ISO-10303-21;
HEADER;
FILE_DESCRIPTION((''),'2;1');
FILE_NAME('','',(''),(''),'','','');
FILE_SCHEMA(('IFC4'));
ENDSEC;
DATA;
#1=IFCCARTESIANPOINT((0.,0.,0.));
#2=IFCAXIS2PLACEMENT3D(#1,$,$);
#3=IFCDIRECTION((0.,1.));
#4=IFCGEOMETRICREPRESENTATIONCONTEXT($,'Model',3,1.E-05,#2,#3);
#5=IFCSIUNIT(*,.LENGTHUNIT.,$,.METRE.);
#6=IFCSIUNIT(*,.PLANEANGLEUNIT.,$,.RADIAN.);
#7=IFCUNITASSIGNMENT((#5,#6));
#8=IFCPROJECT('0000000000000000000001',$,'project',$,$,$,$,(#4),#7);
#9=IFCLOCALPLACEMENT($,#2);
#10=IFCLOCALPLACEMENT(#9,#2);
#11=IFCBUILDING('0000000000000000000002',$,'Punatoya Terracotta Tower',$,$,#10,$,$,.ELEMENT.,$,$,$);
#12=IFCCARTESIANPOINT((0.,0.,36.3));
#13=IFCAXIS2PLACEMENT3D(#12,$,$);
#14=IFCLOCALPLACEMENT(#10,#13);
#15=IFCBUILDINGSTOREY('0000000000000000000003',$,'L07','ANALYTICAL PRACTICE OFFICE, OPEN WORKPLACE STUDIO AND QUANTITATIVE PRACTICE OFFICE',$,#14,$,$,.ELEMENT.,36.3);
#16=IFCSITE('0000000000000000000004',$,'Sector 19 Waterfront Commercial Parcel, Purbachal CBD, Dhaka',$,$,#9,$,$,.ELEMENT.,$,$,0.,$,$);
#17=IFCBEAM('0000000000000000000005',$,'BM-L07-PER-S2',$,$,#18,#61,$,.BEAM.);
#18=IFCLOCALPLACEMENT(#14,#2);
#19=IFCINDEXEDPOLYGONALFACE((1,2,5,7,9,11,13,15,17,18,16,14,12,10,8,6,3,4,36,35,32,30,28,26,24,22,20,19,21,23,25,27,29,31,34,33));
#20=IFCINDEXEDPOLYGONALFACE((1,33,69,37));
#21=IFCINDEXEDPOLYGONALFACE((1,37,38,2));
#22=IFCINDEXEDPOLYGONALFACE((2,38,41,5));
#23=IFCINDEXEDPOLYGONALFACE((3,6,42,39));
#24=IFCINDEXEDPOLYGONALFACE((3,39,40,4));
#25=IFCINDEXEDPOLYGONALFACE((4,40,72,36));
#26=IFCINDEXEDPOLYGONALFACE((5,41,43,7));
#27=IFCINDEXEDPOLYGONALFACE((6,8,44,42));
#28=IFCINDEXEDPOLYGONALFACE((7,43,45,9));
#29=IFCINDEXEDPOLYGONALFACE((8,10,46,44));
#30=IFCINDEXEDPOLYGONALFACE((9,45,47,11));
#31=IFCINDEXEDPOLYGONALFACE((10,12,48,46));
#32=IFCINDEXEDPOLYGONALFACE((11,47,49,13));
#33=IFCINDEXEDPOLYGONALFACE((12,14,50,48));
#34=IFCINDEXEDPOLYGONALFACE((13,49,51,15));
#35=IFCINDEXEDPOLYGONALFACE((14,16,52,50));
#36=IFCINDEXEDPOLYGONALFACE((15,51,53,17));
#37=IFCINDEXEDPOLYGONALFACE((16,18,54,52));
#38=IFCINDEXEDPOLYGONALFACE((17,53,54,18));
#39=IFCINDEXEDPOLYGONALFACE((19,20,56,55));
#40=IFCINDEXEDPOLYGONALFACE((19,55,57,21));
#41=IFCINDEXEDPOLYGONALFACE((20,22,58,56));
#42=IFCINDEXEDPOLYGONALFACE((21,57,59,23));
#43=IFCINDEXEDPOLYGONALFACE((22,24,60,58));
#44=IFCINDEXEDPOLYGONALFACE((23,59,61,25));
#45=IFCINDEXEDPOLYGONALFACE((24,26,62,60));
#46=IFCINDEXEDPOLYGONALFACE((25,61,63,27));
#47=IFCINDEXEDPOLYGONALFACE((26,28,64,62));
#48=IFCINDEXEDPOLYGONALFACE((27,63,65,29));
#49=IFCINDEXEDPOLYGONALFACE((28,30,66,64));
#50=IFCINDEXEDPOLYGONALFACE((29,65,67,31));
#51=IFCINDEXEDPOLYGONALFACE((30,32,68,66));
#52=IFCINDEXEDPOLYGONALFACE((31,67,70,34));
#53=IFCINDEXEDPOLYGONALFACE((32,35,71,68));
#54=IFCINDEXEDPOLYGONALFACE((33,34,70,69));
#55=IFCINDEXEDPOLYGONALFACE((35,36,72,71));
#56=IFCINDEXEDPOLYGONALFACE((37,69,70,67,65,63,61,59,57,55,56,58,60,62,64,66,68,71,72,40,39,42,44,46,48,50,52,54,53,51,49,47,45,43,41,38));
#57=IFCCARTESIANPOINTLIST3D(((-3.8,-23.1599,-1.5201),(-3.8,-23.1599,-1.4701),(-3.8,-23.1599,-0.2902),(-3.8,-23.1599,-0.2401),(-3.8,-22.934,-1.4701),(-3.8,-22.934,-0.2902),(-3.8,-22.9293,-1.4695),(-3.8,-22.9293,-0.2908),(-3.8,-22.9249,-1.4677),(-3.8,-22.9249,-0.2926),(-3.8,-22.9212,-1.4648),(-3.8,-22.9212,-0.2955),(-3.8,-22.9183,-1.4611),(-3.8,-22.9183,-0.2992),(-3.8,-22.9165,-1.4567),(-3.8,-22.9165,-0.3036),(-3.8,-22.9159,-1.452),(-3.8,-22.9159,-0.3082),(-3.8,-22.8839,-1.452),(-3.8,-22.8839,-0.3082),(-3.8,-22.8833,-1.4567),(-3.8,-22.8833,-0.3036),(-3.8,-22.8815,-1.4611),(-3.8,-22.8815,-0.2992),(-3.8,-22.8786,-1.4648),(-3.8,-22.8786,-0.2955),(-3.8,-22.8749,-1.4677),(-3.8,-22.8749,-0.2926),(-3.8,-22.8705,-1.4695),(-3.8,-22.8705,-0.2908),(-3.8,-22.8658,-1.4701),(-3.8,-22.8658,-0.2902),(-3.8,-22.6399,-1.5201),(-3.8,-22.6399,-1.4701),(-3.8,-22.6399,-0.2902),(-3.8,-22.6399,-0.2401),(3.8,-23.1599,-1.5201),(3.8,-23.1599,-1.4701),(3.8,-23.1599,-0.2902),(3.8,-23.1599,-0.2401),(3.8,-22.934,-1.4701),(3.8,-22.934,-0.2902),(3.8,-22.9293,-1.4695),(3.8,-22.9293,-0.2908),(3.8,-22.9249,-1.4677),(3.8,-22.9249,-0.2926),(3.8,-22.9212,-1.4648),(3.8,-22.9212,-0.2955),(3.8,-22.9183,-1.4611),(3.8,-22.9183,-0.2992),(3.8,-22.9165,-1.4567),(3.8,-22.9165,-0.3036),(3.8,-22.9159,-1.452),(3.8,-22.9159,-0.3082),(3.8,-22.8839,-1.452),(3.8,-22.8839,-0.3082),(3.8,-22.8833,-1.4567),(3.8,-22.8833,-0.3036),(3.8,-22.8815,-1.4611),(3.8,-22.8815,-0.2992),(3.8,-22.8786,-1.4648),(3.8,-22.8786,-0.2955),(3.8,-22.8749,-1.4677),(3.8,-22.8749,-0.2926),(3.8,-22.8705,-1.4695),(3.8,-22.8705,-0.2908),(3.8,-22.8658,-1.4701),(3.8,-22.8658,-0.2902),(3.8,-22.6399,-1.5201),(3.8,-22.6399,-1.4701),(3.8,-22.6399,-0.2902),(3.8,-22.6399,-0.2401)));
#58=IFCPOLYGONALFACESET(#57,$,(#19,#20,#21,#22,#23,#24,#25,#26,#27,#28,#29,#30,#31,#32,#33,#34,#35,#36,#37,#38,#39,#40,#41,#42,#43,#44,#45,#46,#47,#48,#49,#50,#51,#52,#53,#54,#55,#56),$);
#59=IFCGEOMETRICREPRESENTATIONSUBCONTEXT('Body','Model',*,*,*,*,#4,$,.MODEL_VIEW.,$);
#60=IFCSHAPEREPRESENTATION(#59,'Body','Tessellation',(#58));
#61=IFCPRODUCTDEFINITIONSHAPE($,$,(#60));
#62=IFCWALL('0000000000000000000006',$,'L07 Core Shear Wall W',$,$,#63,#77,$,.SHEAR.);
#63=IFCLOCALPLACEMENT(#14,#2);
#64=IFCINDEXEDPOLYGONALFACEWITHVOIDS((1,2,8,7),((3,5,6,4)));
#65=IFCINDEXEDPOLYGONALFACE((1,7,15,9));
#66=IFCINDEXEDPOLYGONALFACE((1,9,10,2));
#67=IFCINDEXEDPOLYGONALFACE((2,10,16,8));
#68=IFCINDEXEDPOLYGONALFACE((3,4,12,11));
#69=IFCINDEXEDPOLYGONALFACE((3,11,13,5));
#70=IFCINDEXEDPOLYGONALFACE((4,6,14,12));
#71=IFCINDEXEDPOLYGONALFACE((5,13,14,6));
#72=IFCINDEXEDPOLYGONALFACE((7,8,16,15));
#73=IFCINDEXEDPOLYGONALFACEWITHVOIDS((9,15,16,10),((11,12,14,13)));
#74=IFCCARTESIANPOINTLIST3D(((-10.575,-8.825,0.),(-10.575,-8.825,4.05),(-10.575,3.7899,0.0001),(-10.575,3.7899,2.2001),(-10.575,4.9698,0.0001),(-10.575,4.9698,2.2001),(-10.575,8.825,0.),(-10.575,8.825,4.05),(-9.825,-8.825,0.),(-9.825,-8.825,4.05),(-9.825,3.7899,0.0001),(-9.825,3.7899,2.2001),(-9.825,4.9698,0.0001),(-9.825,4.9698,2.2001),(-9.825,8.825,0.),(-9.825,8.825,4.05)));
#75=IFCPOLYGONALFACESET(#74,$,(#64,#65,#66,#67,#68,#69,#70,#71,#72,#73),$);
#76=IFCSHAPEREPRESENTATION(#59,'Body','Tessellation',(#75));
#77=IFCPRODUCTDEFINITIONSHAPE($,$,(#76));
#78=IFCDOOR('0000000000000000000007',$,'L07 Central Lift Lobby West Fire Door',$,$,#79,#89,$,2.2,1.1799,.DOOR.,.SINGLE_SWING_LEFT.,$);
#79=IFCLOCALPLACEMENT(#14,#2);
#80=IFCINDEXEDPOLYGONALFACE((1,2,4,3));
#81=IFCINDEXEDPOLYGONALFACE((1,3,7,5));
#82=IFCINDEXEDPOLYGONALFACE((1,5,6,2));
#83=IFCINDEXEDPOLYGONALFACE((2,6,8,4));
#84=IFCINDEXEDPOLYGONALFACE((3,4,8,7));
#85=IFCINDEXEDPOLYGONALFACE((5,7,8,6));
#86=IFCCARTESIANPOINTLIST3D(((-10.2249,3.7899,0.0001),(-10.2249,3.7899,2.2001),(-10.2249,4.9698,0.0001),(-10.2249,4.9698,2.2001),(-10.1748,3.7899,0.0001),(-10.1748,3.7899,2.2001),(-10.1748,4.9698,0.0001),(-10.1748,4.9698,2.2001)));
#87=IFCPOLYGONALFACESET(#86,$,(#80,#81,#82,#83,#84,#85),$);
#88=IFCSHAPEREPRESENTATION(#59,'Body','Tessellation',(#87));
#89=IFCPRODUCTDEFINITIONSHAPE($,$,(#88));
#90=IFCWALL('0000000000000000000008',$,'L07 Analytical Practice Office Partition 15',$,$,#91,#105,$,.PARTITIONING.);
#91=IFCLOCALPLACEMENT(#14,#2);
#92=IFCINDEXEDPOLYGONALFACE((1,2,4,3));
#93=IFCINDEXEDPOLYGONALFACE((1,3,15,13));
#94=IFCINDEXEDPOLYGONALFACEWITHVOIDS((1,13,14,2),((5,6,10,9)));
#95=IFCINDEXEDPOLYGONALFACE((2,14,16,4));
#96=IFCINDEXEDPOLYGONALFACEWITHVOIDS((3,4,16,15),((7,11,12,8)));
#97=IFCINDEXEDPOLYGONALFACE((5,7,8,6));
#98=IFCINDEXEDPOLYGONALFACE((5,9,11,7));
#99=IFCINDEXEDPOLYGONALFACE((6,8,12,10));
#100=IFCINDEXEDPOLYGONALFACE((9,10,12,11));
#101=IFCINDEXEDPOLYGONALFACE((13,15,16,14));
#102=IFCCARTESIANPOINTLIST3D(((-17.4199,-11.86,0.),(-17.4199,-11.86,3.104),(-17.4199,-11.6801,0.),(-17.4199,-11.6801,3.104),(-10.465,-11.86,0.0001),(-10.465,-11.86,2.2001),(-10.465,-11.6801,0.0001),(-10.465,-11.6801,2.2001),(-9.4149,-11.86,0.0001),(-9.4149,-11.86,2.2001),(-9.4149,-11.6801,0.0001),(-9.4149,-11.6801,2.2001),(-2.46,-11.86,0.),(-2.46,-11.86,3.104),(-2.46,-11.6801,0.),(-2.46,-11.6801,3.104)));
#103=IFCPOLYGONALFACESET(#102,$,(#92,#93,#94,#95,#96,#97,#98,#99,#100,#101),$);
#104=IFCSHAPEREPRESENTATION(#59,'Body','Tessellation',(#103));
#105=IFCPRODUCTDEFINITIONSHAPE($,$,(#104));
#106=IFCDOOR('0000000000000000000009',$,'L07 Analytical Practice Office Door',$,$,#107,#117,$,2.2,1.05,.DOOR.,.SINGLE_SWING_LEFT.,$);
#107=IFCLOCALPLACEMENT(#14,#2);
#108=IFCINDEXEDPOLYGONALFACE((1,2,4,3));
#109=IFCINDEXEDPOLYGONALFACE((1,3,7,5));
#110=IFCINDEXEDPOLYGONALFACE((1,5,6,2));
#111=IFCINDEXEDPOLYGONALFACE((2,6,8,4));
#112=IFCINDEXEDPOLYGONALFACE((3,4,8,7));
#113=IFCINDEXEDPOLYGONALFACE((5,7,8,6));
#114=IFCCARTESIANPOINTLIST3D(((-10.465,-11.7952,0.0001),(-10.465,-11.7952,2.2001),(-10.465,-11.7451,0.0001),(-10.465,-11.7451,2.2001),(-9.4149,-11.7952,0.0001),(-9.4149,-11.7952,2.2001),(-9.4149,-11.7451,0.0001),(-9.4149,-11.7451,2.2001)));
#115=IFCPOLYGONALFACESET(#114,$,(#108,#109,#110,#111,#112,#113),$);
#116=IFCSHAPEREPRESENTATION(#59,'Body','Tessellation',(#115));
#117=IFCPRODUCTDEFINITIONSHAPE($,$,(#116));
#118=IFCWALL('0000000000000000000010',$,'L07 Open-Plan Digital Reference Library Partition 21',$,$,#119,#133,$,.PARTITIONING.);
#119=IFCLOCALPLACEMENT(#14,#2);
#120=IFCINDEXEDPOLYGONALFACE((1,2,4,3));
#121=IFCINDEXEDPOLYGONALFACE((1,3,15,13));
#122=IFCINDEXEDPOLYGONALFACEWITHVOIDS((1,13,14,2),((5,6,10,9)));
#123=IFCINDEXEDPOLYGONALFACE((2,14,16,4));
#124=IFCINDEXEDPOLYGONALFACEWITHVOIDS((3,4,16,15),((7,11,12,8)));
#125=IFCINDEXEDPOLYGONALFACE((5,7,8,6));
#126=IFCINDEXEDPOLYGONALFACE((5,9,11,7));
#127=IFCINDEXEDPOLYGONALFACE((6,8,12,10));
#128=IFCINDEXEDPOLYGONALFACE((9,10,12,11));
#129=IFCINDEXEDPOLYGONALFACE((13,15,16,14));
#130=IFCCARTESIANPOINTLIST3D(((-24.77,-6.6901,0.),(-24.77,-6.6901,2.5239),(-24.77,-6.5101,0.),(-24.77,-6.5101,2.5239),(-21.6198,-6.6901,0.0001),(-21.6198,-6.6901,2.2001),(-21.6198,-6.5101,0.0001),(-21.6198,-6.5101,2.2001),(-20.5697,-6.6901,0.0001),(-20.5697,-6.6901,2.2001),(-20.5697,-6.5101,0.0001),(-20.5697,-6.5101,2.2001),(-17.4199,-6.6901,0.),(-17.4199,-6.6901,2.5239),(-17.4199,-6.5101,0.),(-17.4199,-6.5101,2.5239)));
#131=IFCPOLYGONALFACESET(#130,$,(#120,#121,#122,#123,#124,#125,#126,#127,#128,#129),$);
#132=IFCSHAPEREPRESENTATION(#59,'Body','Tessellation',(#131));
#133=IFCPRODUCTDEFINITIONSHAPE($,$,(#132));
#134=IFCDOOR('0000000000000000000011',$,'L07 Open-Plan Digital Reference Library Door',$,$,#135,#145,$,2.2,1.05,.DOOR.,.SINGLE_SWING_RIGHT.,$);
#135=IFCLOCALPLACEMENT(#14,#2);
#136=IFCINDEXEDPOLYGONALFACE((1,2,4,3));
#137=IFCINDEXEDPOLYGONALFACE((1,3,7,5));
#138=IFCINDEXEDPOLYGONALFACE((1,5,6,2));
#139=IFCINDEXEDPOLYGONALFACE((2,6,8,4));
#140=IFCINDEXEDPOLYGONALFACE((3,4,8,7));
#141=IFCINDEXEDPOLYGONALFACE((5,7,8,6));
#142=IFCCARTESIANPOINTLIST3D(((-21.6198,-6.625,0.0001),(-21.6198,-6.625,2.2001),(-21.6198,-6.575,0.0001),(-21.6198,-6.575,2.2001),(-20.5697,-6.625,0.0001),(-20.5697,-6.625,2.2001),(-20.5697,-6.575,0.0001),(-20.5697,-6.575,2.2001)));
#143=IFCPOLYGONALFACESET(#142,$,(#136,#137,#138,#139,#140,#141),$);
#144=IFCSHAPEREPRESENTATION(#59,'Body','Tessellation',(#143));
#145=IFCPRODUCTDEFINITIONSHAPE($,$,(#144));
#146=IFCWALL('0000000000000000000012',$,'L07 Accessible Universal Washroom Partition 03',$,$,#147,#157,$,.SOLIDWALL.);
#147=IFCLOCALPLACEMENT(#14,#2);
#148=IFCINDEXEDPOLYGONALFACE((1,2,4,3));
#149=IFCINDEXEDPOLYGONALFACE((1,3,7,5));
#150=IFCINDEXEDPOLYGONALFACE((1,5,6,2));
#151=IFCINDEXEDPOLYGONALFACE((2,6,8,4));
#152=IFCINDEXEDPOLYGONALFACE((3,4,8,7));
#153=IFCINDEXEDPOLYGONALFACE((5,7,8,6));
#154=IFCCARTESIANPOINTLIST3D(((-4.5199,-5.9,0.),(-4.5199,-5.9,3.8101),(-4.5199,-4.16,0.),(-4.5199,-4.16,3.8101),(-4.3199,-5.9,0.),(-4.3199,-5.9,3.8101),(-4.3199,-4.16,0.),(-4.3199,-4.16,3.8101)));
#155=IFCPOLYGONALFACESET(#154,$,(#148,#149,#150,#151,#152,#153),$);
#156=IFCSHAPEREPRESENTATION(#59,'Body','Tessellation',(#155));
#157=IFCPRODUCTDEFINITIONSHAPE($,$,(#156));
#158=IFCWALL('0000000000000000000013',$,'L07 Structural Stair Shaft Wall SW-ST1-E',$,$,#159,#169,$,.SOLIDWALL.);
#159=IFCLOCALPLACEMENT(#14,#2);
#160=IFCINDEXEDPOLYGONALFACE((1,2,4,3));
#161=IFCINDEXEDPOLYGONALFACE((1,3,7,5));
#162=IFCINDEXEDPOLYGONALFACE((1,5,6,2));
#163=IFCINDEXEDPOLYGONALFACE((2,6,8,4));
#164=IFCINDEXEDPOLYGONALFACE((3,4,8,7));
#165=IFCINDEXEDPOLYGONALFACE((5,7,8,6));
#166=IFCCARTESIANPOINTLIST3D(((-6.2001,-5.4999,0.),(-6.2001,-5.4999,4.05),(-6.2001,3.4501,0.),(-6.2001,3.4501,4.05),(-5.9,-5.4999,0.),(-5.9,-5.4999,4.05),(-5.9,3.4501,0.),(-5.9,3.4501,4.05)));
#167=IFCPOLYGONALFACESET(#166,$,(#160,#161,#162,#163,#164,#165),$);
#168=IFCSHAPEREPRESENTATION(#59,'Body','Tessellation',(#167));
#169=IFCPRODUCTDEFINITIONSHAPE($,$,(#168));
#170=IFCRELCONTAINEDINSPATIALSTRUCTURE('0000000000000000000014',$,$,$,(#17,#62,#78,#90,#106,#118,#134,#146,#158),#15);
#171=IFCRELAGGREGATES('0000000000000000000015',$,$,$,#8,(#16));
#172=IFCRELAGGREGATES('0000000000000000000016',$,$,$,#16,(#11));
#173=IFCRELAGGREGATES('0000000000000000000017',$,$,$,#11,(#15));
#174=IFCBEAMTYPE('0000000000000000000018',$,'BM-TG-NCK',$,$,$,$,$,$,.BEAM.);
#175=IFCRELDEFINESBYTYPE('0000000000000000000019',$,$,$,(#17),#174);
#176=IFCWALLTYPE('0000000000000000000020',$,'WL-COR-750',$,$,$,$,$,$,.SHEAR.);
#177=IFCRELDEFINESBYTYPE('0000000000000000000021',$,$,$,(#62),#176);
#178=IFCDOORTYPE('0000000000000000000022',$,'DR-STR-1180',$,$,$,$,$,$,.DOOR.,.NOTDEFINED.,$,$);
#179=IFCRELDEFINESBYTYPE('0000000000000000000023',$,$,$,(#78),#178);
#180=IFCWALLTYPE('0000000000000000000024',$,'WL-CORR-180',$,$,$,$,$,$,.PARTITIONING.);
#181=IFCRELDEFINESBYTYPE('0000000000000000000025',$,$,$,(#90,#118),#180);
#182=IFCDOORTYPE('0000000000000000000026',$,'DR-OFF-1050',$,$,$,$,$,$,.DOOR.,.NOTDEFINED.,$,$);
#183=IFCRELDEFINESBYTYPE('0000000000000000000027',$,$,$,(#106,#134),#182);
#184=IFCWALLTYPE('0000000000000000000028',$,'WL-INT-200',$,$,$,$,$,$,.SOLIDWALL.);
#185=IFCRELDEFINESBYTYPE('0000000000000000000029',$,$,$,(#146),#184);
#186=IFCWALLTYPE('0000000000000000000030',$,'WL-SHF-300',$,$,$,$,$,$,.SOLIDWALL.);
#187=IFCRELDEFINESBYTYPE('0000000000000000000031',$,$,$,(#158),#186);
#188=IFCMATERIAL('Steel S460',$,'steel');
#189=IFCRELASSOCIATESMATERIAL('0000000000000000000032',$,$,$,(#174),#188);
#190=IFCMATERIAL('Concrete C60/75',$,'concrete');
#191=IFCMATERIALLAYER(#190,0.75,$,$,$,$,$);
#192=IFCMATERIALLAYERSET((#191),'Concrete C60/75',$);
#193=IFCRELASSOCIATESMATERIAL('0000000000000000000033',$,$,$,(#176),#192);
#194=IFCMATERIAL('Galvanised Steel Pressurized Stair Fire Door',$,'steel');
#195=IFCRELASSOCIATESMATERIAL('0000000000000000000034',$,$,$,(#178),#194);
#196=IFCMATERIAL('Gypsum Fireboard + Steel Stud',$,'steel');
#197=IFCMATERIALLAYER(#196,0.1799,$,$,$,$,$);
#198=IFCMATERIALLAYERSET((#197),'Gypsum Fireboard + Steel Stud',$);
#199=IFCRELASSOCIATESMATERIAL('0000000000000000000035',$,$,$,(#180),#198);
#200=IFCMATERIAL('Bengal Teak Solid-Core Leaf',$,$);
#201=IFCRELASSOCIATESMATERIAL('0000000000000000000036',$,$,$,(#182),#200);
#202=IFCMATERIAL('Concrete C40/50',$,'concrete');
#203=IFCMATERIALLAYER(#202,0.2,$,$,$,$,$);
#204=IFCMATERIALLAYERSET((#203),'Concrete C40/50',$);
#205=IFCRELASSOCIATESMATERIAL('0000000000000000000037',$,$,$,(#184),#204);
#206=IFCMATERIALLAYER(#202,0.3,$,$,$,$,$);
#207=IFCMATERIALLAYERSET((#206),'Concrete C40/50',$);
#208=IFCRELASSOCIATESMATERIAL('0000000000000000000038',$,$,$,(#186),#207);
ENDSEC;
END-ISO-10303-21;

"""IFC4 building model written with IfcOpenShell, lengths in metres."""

from ifc_helpers import new_model, si_unit, direction, frame, frame_2d, origin, origin_2d, place, context, subcontext, project, spatial, rectangle, i_section, extrude, material, layer, layer_set, material_profile, profile_set, type_object, element, fill, save


model = new_model("IFC4")

# Units and contexts
model_context = context("Model", 3, precision=1e-05, world=origin(), true_north=direction((0.0, 1.0)))
body_context = subcontext(model_context, "Body", "Model", "MODEL_VIEW")
ifc_project = project(units=[si_unit("LENGTHUNIT", "METRE"), si_unit("PLANEANGLEUNIT", "RADIAN")], contexts=[model_context])

# Site, building, storey
site_placement = place(None, origin())
site = spatial("IfcSite", under=ifc_project, at=site_placement, Name="Sector 19 Waterfront Commercial Parcel, Purbachal CBD, Dhaka", CompositionType="ELEMENT", RefElevation=0.0)
building_placement = place(site_placement, origin())
building = spatial("IfcBuilding", under=site, at=building_placement, Name="Punatoya Terracotta Tower", CompositionType="ELEMENT")
storey_placement = place(building_placement, frame((0.0, 0.0, 36.3)))
storey = spatial("IfcBuildingStorey", under=building, at=storey_placement, Name="L07", Description="ANALYTICAL PRACTICE OFFICE, OPEN WORKPLACE STUDIO AND QUANTITATIVE PRACTICE OFFICE", CompositionType="ELEMENT", Elevation=36.3)

# Shared definitions
ifc_material_1 = material(Name="Steel S460", Category="steel")

# Beam
ifc_material_2 = material(Name="Concrete C60/75", Category="concrete")
ifc_material_profile_1 = material_profile(ifc_material_1, i_section(OverallWidth=0.52, OverallDepth=1.28, WebThickness=0.032, FlangeThickness=0.05, FilletRadius=0.0181, at=origin_2d()))
ifc_profile_set_1 = profile_set([ifc_material_profile_1], Name="Steel S460")
beam_type_1 = type_object("IfcBeamType", Name="BM-TG-NCK", PredefinedType="BEAM", material=ifc_profile_set_1)
beam_1_placement = place(storey_placement, frame((-3.8, -22.8999, -0.8801), z_axis=(1.0, 0.0, 0.0), x_axis=(0.0, 1.0, 0.0)))
element("IfcBeam", 1, at=beam_1_placement, inside=storey, type_object=beam_type_1, Name="BM-L07-PER-S2", PredefinedType="BEAM", context=body_context, shape_type="SweptSolid", body=[
    extrude(i_section(OverallWidth=0.52, OverallDepth=1.28, WebThickness=0.032, FlangeThickness=0.05, FilletRadius=0.0181, at=origin_2d()), origin(), (0.0, 0.0, 1.0), 7.6001),
])

# Walls, openings, doors
ifc_layer_1 = layer(ifc_material_2, 0.75)
ifc_layer_set_1 = layer_set([ifc_layer_1], Name="Concrete C60/75")
wall_type_1 = type_object("IfcWallType", Name="WL-COR-750", PredefinedType="SHEAR", material=ifc_layer_set_1)
wall_1_placement = place(storey_placement, frame((-10.2, -8.825, 0.0), z_axis=(0.0, 0.0, 1.0), x_axis=(0.0, 1.0, 0.0)))
wall_1 = element("IfcWall", 2, at=wall_1_placement, inside=storey, type_object=wall_type_1, Name="L07 Core Shear Wall W", PredefinedType="SHEAR", context=body_context, shape_type="SweptSolid", body=[
    extrude(rectangle(XDim=17.6499, YDim=0.75, at=frame_2d((8.825, 0.0))), origin(), (0.0, 0.0, 1.0), 4.05),
])
opening_1_placement = place(wall_1_placement, frame((12.615, 0.0, 0.0)))
opening_1 = element("IfcOpeningElement", 3, at=opening_1_placement, cuts=wall_1, PredefinedType="OPENING", context=body_context, shape_type="SweptSolid", body=[
    extrude(rectangle(XDim=1.1799, YDim=2.2, at=frame_2d((0.5898, 1.1001))), frame((0.0, 0.385, 0.0), z_axis=(0.0, -1.0, 0.0), x_axis=(1.0, 0.0, 0.0)), (0.0, 0.0, 1.0), 0.77),
])
ifc_material_3 = material(Name="Galvanised Steel Pressurized Stair Fire Door", Category="steel")
door_type_1 = type_object("IfcDoorType", Name="DR-STR-1180", OperationType="NOTDEFINED", PredefinedType="DOOR", material=ifc_material_3)
door_1_placement = place(opening_1_placement, origin())
door_1 = element("IfcDoor", 4, at=door_1_placement, inside=storey, type_object=door_type_1, Name="L07 Central Lift Lobby West Fire Door", OperationType="SINGLE_SWING_LEFT", OverallHeight=2.2, OverallWidth=1.1799, PredefinedType="DOOR", context=body_context, shape_type="SweptSolid", body=[
    extrude(rectangle(XDim=1.1799, YDim=2.2, at=frame_2d((0.5898, 1.1001))), frame((0.0, 0.0249, 0.0), z_axis=(0.0, -1.0, 0.0), x_axis=(1.0, 0.0, 0.0)), (0.0, 0.0, 1.0), 0.05),
])
fill(opening_1, door_1)
ifc_material_4 = material(Name="Gypsum Fireboard + Steel Stud", Category="steel")
ifc_layer_2 = layer(ifc_material_4, 0.1799)
ifc_layer_set_2 = layer_set([ifc_layer_2], Name="Gypsum Fireboard + Steel Stud")
wall_type_2 = type_object("IfcWallType", Name="WL-CORR-180", PredefinedType="PARTITIONING", material=ifc_layer_set_2)
wall_2_placement = place(storey_placement, frame((-17.4199, -11.77, 0.0), z_axis=(0.0, 0.0, 1.0), x_axis=(1.0, 0.0, 0.0)))
wall_2 = element("IfcWall", 5, at=wall_2_placement, inside=storey, type_object=wall_type_2, Name="L07 Analytical Practice Office Partition 15", PredefinedType="PARTITIONING", context=body_context, shape_type="SweptSolid", body=[
    extrude(rectangle(XDim=14.96, YDim=0.1799, at=frame_2d((7.48, 0.0))), origin(), (0.0, 0.0, 1.0), 3.104),
])
opening_2_placement = place(wall_2_placement, frame((6.9551, 0.0, 0.0)))
opening_2 = element("IfcOpeningElement", 6, at=opening_2_placement, cuts=wall_2, PredefinedType="OPENING", context=body_context, shape_type="SweptSolid", body=[
    extrude(rectangle(XDim=1.05, YDim=2.2, at=frame_2d((0.5249, 1.1001))), frame((0.0, 0.0999, 0.0), z_axis=(0.0, -1.0, 0.0), x_axis=(1.0, 0.0, 0.0)), (0.0, 0.0, 1.0), 0.2),
])
ifc_material_5 = material(Name="Bengal Teak Solid-Core Leaf")
door_type_2 = type_object("IfcDoorType", Name="DR-OFF-1050", OperationType="NOTDEFINED", PredefinedType="DOOR", material=ifc_material_5)
door_2_placement = place(opening_2_placement, origin())
door_2 = element("IfcDoor", 7, at=door_2_placement, inside=storey, type_object=door_type_2, Name="L07 Analytical Practice Office Door", OperationType="SINGLE_SWING_LEFT", OverallHeight=2.2, OverallWidth=1.05, PredefinedType="DOOR", context=body_context, shape_type="SweptSolid", body=[
    extrude(rectangle(XDim=1.05, YDim=2.2, at=frame_2d((0.5249, 1.1001))), frame((0.0, 0.0249, 0.0), z_axis=(0.0, -1.0, 0.0), x_axis=(1.0, 0.0, 0.0)), (0.0, 0.0, 1.0), 0.05),
])
fill(opening_2, door_2)
wall_3_placement = place(storey_placement, frame((-17.4199, -6.6001, 0.0), z_axis=(0.0, 0.0, 1.0), x_axis=(-1.0, 0.0, 0.0)))
wall_3 = element("IfcWall", 8, at=wall_3_placement, inside=storey, type_object=wall_type_2, Name="L07 Open-Plan Digital Reference Library Partition 21", PredefinedType="PARTITIONING", context=body_context, shape_type="SweptSolid", body=[
    extrude(rectangle(XDim=7.3501, YDim=0.1799, at=frame_2d((3.675, 0.0))), origin(), (0.0, 0.0, 1.0), 2.5239),
])
opening_3_placement = place(wall_3_placement, frame((3.1499, 0.0, 0.0)))
opening_3 = element("IfcOpeningElement", 9, at=opening_3_placement, cuts=wall_3, PredefinedType="OPENING", context=body_context, shape_type="SweptSolid", body=[
    extrude(rectangle(XDim=1.05, YDim=2.2, at=frame_2d((0.5249, 1.1001))), frame((0.0, 0.0999, 0.0), z_axis=(0.0, -1.0, 0.0), x_axis=(1.0, 0.0, 0.0)), (0.0, 0.0, 1.0), 0.2),
])
door_3_placement = place(opening_3_placement, origin())
door_3 = element("IfcDoor", 10, at=door_3_placement, inside=storey, type_object=door_type_2, Name="L07 Open-Plan Digital Reference Library Door", OperationType="SINGLE_SWING_RIGHT", OverallHeight=2.2, OverallWidth=1.05, PredefinedType="DOOR", context=body_context, shape_type="SweptSolid", body=[
    extrude(rectangle(XDim=1.05, YDim=2.2, at=frame_2d((0.5249, 1.1001))), frame((0.0, 0.0249, 0.0), z_axis=(0.0, -1.0, 0.0), x_axis=(1.0, 0.0, 0.0)), (0.0, 0.0, 1.0), 0.05),
])
fill(opening_3, door_3)

# Walls
ifc_material_6 = material(Name="Concrete C40/50", Category="concrete")
ifc_layer_3 = layer(ifc_material_6, 0.2)
ifc_layer_set_3 = layer_set([ifc_layer_3], Name="Concrete C40/50")
wall_type_3 = type_object("IfcWallType", Name="WL-INT-200", PredefinedType="SOLIDWALL", material=ifc_layer_set_3)
wall_4_placement = place(storey_placement, frame((-4.4199, -4.1599, 0.0), z_axis=(0.0, 0.0, 1.0), x_axis=(0.0, -1.0, 0.0)))
element("IfcWall", 11, at=wall_4_placement, inside=storey, type_object=wall_type_3, Name="L07 Accessible Universal Washroom Partition 03", PredefinedType="SOLIDWALL", context=body_context, shape_type="SweptSolid", body=[
    extrude(rectangle(XDim=1.74, YDim=0.2, at=frame_2d((0.8701, 0.0))), origin(), (0.0, 0.0, 1.0), 3.8101),
])
ifc_layer_4 = layer(ifc_material_6, 0.3)
ifc_layer_set_4 = layer_set([ifc_layer_4], Name="Concrete C40/50")
wall_type_4 = type_object("IfcWallType", Name="WL-SHF-300", PredefinedType="SOLIDWALL", material=ifc_layer_set_4)
wall_5_placement = place(storey_placement, frame((-6.05, -5.5, 0.0), z_axis=(0.0, 0.0, 1.0), x_axis=(0.0, 1.0, 0.0)))
element("IfcWall", 12, at=wall_5_placement, inside=storey, type_object=wall_type_4, Name="L07 Structural Stair Shaft Wall SW-ST1-E", PredefinedType="SOLIDWALL", context=body_context, shape_type="SweptSolid", body=[
    extrude(rectangle(XDim=8.95, YDim=0.3, at=frame_2d((4.4751, 0.0))), origin(), (0.0, 0.0, 1.0), 4.05),
])

save(model, "model.ifc")
